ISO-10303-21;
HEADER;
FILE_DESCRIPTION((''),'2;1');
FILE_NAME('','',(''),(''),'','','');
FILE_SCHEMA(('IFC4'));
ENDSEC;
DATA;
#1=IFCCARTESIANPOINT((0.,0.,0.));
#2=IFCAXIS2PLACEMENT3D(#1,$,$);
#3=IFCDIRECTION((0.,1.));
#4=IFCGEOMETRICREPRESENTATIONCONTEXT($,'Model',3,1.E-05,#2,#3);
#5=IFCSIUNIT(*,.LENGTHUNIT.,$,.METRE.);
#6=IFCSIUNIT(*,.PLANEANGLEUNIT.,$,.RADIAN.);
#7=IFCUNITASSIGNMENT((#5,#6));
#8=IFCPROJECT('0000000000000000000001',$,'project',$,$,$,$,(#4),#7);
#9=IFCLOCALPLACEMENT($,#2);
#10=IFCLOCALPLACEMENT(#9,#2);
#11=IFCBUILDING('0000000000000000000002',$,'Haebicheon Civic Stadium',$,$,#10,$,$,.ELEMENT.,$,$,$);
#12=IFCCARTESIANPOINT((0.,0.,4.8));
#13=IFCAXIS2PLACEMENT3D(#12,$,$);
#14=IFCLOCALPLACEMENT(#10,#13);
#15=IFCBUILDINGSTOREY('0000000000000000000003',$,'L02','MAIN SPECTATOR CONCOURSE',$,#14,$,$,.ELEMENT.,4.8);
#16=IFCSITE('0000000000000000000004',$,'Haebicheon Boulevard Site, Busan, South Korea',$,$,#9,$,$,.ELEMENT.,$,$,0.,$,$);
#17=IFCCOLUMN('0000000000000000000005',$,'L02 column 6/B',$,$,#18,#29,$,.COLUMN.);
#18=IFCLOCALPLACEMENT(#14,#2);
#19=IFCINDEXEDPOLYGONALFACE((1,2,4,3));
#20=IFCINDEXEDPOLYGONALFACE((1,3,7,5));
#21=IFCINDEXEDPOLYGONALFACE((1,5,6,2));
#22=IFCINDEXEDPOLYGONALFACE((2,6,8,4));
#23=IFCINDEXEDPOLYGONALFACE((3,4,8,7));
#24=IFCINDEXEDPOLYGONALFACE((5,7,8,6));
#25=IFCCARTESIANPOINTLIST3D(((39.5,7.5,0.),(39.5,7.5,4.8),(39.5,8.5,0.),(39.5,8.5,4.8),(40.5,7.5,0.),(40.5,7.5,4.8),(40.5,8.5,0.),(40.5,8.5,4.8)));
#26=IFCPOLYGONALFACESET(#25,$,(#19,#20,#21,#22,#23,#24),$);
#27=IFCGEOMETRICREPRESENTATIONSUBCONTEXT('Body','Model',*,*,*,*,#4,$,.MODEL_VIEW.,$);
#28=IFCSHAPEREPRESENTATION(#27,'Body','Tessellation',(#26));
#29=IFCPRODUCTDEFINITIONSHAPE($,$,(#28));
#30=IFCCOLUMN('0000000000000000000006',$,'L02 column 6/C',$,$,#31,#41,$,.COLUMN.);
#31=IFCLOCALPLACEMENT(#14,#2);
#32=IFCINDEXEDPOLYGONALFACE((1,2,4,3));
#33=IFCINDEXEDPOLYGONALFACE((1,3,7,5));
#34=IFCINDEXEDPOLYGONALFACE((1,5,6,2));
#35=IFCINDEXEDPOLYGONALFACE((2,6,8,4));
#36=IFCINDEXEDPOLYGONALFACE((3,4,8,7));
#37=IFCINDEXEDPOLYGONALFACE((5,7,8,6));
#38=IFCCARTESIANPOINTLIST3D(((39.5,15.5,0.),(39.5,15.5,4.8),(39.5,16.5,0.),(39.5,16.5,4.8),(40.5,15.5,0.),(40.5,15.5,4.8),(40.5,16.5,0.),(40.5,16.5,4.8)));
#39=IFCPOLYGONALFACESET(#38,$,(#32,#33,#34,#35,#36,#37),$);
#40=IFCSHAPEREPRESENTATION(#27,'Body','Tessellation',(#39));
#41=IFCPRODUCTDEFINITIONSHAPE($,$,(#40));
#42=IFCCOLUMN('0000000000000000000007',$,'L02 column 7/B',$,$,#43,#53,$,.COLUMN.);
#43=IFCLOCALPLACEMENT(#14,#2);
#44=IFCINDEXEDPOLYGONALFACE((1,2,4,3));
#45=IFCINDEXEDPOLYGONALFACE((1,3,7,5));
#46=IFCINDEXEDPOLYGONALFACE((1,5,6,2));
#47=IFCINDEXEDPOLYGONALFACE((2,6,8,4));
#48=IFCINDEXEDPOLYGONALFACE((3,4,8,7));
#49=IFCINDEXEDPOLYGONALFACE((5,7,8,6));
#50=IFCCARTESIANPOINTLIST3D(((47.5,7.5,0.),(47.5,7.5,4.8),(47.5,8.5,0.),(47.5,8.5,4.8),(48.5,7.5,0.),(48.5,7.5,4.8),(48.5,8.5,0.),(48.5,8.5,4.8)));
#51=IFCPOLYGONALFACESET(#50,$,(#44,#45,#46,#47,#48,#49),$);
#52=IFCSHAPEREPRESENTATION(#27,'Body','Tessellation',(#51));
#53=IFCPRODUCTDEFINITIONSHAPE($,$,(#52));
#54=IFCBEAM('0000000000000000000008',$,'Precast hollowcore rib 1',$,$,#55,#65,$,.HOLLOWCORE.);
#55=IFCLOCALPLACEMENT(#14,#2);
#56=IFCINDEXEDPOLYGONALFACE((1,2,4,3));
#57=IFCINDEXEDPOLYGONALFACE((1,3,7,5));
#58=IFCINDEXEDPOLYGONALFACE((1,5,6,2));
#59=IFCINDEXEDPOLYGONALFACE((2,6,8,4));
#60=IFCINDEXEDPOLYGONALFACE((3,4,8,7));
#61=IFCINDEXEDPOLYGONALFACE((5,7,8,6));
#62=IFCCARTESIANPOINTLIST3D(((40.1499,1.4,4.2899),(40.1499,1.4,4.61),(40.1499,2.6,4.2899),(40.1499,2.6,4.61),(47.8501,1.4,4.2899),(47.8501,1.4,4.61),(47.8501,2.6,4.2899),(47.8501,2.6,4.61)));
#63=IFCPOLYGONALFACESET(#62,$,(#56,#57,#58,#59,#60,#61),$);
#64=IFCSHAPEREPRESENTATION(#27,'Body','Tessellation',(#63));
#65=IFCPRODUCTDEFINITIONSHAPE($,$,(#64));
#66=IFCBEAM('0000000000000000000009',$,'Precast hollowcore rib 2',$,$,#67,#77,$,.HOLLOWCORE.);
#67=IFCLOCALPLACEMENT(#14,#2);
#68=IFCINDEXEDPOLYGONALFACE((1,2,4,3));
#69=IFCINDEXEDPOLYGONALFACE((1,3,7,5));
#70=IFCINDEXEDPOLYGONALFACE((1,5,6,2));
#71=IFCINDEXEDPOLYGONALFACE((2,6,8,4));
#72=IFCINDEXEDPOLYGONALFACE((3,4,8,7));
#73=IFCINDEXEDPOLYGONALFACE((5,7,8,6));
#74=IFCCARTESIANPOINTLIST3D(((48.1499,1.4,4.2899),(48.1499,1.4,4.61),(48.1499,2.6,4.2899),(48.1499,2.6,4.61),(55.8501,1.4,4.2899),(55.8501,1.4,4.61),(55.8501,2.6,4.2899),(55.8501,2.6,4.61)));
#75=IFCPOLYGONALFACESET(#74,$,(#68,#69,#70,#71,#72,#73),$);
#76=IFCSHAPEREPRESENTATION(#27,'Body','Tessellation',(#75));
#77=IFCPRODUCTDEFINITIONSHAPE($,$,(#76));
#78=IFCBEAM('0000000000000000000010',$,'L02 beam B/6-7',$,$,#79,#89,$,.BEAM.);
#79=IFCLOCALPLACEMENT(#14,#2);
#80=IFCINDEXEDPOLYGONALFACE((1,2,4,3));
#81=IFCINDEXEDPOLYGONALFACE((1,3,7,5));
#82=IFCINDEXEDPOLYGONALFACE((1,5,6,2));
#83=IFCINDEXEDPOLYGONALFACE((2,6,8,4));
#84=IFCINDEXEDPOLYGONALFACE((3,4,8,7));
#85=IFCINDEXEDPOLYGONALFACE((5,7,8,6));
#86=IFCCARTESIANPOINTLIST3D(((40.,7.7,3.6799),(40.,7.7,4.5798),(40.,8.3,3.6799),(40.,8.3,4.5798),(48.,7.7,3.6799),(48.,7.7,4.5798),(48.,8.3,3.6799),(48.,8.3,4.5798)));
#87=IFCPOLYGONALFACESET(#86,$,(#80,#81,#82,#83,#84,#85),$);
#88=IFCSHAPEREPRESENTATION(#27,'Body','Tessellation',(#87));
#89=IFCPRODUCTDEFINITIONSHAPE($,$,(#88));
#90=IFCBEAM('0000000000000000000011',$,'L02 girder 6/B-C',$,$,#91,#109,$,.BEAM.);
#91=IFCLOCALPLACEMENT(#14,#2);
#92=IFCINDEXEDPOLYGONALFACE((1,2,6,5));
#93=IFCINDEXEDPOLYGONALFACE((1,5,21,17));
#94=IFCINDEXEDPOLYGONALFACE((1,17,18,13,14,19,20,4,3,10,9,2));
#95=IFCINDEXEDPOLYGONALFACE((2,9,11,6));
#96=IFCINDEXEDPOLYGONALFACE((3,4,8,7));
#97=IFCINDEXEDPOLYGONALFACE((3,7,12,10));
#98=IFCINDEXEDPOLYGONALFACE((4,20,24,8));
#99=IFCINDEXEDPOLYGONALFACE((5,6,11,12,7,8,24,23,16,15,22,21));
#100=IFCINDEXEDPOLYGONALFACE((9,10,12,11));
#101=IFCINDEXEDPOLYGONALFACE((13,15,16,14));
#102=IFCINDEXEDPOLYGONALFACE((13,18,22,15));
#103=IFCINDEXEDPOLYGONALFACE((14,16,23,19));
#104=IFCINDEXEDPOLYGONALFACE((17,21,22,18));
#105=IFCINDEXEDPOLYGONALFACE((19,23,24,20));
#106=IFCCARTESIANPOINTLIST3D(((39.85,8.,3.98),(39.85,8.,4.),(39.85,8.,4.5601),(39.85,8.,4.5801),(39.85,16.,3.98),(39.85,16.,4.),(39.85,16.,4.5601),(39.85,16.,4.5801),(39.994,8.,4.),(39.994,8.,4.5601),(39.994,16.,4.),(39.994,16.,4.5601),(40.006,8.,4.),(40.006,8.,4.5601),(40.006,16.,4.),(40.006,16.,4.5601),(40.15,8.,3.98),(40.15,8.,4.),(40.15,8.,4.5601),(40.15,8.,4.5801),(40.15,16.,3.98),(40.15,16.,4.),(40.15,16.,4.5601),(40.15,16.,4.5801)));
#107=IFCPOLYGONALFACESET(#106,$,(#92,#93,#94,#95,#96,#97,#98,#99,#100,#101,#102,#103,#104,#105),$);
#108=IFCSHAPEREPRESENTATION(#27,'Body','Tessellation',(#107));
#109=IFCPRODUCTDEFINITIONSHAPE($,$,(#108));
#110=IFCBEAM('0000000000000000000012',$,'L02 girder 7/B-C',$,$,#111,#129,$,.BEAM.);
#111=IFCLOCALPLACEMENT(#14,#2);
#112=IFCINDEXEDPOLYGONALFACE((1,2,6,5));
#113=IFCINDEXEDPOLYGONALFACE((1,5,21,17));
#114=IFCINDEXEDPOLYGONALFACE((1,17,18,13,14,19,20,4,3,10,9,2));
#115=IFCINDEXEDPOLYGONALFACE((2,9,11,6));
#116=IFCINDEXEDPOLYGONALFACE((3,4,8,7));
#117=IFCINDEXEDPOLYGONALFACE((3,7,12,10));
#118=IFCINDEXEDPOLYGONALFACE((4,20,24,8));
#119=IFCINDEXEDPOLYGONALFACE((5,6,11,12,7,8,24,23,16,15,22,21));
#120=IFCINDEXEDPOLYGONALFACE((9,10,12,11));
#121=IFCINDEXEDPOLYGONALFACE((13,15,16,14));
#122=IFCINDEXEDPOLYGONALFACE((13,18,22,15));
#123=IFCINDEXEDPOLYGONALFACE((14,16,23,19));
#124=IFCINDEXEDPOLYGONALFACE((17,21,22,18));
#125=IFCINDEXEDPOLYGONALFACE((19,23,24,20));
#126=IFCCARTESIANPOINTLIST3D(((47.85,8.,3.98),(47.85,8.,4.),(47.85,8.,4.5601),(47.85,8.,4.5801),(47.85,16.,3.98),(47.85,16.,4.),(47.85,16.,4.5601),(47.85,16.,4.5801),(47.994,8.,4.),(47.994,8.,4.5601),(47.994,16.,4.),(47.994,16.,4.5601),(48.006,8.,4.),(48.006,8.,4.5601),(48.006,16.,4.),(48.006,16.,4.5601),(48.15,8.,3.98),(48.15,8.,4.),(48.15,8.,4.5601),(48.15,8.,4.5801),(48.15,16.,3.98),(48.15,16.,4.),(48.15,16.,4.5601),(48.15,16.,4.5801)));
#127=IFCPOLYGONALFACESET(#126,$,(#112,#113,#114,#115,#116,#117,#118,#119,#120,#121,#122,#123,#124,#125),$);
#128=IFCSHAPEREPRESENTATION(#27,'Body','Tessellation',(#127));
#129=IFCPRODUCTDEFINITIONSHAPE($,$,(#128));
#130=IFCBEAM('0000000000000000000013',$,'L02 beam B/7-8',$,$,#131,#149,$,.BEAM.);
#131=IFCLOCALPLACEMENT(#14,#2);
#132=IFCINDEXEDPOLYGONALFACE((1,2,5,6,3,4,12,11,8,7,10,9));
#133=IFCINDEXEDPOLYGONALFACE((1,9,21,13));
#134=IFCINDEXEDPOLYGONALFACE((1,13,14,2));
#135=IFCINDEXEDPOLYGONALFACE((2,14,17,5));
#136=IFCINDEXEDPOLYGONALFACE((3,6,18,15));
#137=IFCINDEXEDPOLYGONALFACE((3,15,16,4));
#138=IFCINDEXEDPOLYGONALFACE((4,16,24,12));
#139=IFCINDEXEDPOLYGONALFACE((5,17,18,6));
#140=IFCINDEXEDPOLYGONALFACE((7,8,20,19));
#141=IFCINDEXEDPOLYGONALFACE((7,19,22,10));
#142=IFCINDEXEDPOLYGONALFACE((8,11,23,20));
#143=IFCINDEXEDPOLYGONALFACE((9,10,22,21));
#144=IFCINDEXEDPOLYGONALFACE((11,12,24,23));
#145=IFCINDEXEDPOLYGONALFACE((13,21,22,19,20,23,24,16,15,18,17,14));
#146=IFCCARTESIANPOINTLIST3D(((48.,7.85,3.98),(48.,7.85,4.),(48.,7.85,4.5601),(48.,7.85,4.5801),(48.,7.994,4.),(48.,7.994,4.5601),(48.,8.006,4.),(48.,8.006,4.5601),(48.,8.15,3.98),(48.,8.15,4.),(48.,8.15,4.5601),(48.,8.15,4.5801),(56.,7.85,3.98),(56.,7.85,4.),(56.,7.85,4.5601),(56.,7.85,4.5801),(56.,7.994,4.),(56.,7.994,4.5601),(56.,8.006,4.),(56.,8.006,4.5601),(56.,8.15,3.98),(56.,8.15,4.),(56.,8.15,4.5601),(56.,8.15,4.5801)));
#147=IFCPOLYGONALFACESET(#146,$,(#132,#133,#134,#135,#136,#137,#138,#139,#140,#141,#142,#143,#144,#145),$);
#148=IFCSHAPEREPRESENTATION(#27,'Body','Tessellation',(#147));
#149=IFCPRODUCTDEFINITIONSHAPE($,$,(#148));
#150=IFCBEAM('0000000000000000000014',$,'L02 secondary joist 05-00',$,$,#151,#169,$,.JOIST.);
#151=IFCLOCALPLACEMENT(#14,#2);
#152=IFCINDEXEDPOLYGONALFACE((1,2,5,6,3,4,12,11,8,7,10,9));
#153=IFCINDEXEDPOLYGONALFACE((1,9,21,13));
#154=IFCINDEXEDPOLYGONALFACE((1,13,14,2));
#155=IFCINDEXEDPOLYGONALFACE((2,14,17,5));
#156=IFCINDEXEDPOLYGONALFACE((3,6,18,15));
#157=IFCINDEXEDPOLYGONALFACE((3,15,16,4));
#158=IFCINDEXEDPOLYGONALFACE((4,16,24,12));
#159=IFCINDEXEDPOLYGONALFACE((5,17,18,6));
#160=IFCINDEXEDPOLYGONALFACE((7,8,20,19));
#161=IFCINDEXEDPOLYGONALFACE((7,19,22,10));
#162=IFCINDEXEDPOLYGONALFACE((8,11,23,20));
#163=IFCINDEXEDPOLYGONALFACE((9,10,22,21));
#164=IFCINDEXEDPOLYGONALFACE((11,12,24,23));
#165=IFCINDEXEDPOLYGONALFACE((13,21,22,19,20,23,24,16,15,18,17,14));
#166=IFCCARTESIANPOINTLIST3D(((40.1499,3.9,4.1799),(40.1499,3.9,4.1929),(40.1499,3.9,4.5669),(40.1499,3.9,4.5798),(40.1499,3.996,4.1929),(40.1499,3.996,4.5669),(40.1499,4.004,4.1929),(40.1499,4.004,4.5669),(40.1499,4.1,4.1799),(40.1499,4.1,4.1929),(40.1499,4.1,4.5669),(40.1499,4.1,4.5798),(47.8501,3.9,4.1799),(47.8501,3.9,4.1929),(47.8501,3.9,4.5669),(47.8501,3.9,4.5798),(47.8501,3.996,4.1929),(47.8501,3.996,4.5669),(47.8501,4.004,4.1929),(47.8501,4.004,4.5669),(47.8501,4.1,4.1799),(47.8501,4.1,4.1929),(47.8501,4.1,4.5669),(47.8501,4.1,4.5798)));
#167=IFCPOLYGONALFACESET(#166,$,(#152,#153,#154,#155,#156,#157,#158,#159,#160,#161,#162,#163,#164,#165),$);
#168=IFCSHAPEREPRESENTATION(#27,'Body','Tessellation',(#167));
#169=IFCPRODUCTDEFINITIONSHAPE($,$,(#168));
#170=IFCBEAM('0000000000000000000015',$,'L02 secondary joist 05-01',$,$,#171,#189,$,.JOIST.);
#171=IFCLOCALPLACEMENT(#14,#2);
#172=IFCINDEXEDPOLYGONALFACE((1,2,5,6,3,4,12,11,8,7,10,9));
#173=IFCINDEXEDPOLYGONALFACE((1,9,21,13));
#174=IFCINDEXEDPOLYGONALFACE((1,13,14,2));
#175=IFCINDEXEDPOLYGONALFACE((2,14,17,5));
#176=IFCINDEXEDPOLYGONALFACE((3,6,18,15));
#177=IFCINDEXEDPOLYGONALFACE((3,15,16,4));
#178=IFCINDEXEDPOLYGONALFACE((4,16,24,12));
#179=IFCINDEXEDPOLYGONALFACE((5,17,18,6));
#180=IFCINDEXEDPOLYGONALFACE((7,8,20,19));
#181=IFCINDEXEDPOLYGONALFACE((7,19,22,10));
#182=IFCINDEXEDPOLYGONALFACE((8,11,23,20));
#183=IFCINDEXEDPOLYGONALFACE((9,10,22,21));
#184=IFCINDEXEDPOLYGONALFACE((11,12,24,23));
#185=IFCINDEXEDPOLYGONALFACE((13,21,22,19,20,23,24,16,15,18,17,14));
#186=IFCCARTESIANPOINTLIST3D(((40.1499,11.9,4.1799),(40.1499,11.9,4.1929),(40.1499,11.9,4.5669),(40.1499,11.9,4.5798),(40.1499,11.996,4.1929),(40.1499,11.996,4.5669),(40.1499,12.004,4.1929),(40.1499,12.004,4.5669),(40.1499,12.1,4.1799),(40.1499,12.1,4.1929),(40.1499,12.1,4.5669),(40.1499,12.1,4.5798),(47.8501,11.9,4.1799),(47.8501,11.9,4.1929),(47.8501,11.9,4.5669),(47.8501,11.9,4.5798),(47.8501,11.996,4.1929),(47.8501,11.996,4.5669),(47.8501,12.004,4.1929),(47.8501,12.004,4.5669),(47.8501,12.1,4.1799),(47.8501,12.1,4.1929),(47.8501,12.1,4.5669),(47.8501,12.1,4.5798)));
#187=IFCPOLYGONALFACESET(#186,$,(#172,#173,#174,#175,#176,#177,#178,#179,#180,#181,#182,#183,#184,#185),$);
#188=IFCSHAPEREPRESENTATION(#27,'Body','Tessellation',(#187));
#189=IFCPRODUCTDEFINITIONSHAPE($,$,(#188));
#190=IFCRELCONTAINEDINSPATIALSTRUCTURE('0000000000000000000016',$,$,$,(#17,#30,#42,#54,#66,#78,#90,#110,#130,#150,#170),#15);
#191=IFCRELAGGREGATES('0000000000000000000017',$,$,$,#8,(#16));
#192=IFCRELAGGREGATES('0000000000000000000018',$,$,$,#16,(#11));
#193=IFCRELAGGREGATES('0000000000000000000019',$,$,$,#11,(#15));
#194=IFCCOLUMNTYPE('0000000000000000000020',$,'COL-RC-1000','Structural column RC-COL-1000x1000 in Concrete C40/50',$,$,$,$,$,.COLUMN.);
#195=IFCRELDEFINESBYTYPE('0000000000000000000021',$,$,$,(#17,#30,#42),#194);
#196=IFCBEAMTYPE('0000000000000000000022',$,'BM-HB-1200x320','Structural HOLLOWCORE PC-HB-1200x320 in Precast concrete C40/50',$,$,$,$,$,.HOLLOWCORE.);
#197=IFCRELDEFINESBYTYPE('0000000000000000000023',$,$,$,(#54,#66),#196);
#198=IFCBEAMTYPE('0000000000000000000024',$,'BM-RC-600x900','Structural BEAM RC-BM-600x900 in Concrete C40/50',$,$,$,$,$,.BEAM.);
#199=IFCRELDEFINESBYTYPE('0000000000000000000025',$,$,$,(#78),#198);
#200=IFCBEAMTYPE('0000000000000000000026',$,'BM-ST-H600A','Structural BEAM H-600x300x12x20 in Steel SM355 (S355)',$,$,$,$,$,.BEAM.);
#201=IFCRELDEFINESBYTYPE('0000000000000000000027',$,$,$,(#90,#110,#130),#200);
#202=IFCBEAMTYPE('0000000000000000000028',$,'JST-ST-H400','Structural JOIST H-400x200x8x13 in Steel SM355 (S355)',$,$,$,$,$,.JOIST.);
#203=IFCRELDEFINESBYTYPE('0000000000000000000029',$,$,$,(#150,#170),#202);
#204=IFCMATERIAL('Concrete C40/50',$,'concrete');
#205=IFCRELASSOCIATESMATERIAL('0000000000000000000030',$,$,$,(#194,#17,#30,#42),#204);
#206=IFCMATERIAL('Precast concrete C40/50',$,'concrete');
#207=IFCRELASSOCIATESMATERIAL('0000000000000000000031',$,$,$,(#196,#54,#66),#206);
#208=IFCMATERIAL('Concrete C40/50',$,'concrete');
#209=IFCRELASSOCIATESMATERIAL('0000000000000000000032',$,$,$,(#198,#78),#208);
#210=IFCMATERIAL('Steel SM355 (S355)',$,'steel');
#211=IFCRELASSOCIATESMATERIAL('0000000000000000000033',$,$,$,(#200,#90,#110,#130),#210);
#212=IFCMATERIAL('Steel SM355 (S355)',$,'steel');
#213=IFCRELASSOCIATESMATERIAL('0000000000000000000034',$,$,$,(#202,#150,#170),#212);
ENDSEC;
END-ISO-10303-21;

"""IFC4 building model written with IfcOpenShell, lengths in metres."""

from ifc_helpers import new_model, si_unit, direction, frame, origin, origin_2d, place, context, subcontext, project, spatial, rectangle, i_section, extrude, material, material_profile, profile_set, type_object, element, save


model = new_model("IFC4")

# Units and contexts
model_context = context("Model", 3, precision=1e-05, world=origin(), true_north=direction((0.0, 1.0)))
body_context = subcontext(model_context, "Body", "Model", "MODEL_VIEW")
ifc_project = project(units=[si_unit("LENGTHUNIT", "METRE"), si_unit("PLANEANGLEUNIT", "RADIAN")], contexts=[model_context])

# Site, building, storey
site_placement = place(None, origin())
site = spatial("IfcSite", under=ifc_project, at=site_placement, Name="Haebicheon Boulevard Site, Busan, South Korea", CompositionType="ELEMENT", RefElevation=0.0)
building_placement = place(site_placement, origin())
building = spatial("IfcBuilding", under=site, at=building_placement, Name="Haebicheon Civic Stadium", CompositionType="ELEMENT")
storey_placement = place(building_placement, frame((0.0, 0.0, 4.8)))
storey = spatial("IfcBuildingStorey", under=building, at=storey_placement, Name="L02", Description="MAIN SPECTATOR CONCOURSE", CompositionType="ELEMENT", Elevation=4.8)

# Columns
ifc_material_1 = material(Name="Concrete C40/50", Category="concrete")
ifc_material_profile_1 = material_profile(ifc_material_1, rectangle(XDim=1.0, YDim=1.0, at=origin_2d()), Name="RC-COL-1000x1000")
ifc_profile_set_1 = profile_set([ifc_material_profile_1], Name="Concrete C40/50")
column_type = type_object("IfcColumnType", Name="COL-RC-1000", Description="Structural column RC-COL-1000x1000 in Concrete C40/50", PredefinedType="COLUMN", material=ifc_profile_set_1)
for number, where, z_axis, x_axis, name in (
    (1, (40.0, 8.0, 0.0), (0.0, 0.0, 1.0), (1.0, 0.0, 0.0), "L02 column 6/B"),
    (2, (40.0, 16.0, 0.0), (0.0, 0.0, 1.0), (1.0, 0.0, 0.0), "L02 column 6/C"),
    (3, (48.0, 8.0, 0.0), (0.0, 0.0, 1.0), (1.0, 0.0, 0.0), "L02 column 7/B"),
):
    element("IfcColumn", number, at=place(storey_placement, frame(where, z_axis=z_axis, x_axis=x_axis)), inside=storey, type_object=column_type, material=ifc_profile_set_1, Name=name, PredefinedType="COLUMN", context=body_context, shape_type="SweptSolid", body=[
        extrude(rectangle(XDim=1.0, YDim=1.0, at=origin_2d()), origin(), (0.0, 0.0, 1.0), 4.8),
    ])

# Beams
ifc_material_2 = material(Name="Precast concrete C40/50", Category="concrete")
ifc_material_profile_2 = material_profile(ifc_material_2, rectangle(XDim=1.2, YDim=0.3201, at=origin_2d()), Name="PC-HB-1200x320")
ifc_profile_set_2 = profile_set([ifc_material_profile_2], Name="Precast concrete C40/50")
beam_type_1 = type_object("IfcBeamType", Name="BM-HB-1200x320", Description="Structural HOLLOWCORE PC-HB-1200x320 in Precast concrete C40/50", PredefinedType="HOLLOWCORE", material=ifc_profile_set_2)
for number, where, z_axis, x_axis, name in (
    (4, (40.1499, 2.0, 4.45), (1.0, 0.0, 0.0), (0.0, 1.0, 0.0), "Precast hollowcore rib 1"),
    (5, (48.1499, 2.0, 4.45), (1.0, 0.0, 0.0), (0.0, 1.0, 0.0), "Precast hollowcore rib 2"),
):
    element("IfcBeam", number, at=place(storey_placement, frame(where, z_axis=z_axis, x_axis=x_axis)), inside=storey, type_object=beam_type_1, material=ifc_profile_set_2, Name=name, PredefinedType="HOLLOWCORE", context=body_context, shape_type="SweptSolid", body=[
        extrude(rectangle(XDim=1.2, YDim=0.3201, at=origin_2d()), origin(), (0.0, 0.0, 1.0), 7.7002),
    ])
ifc_material_3 = material(Name="Concrete C40/50", Category="concrete")
ifc_material_profile_3 = material_profile(ifc_material_3, rectangle(XDim=0.6001, YDim=0.8999, at=origin_2d()), Name="RC-BM-600x900")
ifc_profile_set_3 = profile_set([ifc_material_profile_3], Name="Concrete C40/50")
beam_type_2 = type_object("IfcBeamType", Name="BM-RC-600x900", Description="Structural BEAM RC-BM-600x900 in Concrete C40/50", PredefinedType="BEAM", material=ifc_profile_set_3)
beam_1_placement = place(storey_placement, frame((40.0, 8.0, 4.1299), z_axis=(1.0, 0.0, 0.0), x_axis=(0.0, 1.0, 0.0)))
element("IfcBeam", 6, at=beam_1_placement, inside=storey, type_object=beam_type_2, material=ifc_profile_set_3, Name="L02 beam B/6-7", PredefinedType="BEAM", context=body_context, shape_type="SweptSolid", body=[
    extrude(rectangle(XDim=0.6001, YDim=0.8999, at=origin_2d()), origin(), (0.0, 0.0, 1.0), 8.0),
])
ifc_material_4 = material(Name="Steel SM355 (S355)", Category="steel")
ifc_material_profile_4 = material_profile(ifc_material_4, i_section(OverallWidth=0.3, OverallDepth=0.6001, WebThickness=0.012, FlangeThickness=0.02, at=origin_2d()), Name="H-600x300x12x20")
ifc_profile_set_4 = profile_set([ifc_material_profile_4], Name="Steel SM355 (S355)")
beam_type_3 = type_object("IfcBeamType", Name="BM-ST-H600A", Description="Structural BEAM H-600x300x12x20 in Steel SM355 (S355)", PredefinedType="BEAM", material=ifc_profile_set_4)
for number, where, z_axis, x_axis, name in (
    (7, (40.0, 8.0, 4.28), (0.0, 1.0, 0.0), (-1.0, 0.0, 0.0), "L02 girder 6/B-C"),
    (8, (48.0, 8.0, 4.28), (0.0, 1.0, 0.0), (-1.0, 0.0, 0.0), "L02 girder 7/B-C"),
    (9, (48.0, 8.0, 4.28), (1.0, 0.0, 0.0), (0.0, 1.0, 0.0), "L02 beam B/7-8"),
):
    element("IfcBeam", number, at=place(storey_placement, frame(where, z_axis=z_axis, x_axis=x_axis)), inside=storey, type_object=beam_type_3, material=ifc_profile_set_4, Name=name, PredefinedType="BEAM", context=body_context, shape_type="SweptSolid", body=[
        extrude(i_section(OverallWidth=0.3, OverallDepth=0.6001, WebThickness=0.012, FlangeThickness=0.02, at=origin_2d()), origin(), (0.0, 0.0, 1.0), 8.0),
    ])
ifc_material_5 = material(Name="Steel SM355 (S355)", Category="steel")
ifc_material_profile_5 = material_profile(ifc_material_5, i_section(OverallWidth=0.2, OverallDepth=0.3999, WebThickness=0.0081, FlangeThickness=0.0129, at=origin_2d()), Name="H-400x200x8x13")
ifc_profile_set_5 = profile_set([ifc_material_profile_5], Name="Steel SM355 (S355)")
beam_type_4 = type_object("IfcBeamType", Name="JST-ST-H400", Description="Structural JOIST H-400x200x8x13 in Steel SM355 (S355)", PredefinedType="JOIST", material=ifc_profile_set_5)
for number, where, z_axis, x_axis, name in (
    (10, (40.1499, 4.0, 4.3799), (1.0, 0.0, 0.0), (0.0, 1.0, 0.0), "L02 secondary joist 05-00"),
    (11, (40.1499, 12.0, 4.3799), (1.0, 0.0, 0.0), (0.0, 1.0, 0.0), "L02 secondary joist 05-01"),
):
    element("IfcBeam", number, at=place(storey_placement, frame(where, z_axis=z_axis, x_axis=x_axis)), inside=storey, type_object=beam_type_4, material=ifc_profile_set_5, Name=name, PredefinedType="JOIST", context=body_context, shape_type="SweptSolid", body=[
        extrude(i_section(OverallWidth=0.2, OverallDepth=0.3999, WebThickness=0.0081, FlangeThickness=0.0129, at=origin_2d()), origin(), (0.0, 0.0, 1.0), 7.7002),
    ])

save(model, "model.ifc")
